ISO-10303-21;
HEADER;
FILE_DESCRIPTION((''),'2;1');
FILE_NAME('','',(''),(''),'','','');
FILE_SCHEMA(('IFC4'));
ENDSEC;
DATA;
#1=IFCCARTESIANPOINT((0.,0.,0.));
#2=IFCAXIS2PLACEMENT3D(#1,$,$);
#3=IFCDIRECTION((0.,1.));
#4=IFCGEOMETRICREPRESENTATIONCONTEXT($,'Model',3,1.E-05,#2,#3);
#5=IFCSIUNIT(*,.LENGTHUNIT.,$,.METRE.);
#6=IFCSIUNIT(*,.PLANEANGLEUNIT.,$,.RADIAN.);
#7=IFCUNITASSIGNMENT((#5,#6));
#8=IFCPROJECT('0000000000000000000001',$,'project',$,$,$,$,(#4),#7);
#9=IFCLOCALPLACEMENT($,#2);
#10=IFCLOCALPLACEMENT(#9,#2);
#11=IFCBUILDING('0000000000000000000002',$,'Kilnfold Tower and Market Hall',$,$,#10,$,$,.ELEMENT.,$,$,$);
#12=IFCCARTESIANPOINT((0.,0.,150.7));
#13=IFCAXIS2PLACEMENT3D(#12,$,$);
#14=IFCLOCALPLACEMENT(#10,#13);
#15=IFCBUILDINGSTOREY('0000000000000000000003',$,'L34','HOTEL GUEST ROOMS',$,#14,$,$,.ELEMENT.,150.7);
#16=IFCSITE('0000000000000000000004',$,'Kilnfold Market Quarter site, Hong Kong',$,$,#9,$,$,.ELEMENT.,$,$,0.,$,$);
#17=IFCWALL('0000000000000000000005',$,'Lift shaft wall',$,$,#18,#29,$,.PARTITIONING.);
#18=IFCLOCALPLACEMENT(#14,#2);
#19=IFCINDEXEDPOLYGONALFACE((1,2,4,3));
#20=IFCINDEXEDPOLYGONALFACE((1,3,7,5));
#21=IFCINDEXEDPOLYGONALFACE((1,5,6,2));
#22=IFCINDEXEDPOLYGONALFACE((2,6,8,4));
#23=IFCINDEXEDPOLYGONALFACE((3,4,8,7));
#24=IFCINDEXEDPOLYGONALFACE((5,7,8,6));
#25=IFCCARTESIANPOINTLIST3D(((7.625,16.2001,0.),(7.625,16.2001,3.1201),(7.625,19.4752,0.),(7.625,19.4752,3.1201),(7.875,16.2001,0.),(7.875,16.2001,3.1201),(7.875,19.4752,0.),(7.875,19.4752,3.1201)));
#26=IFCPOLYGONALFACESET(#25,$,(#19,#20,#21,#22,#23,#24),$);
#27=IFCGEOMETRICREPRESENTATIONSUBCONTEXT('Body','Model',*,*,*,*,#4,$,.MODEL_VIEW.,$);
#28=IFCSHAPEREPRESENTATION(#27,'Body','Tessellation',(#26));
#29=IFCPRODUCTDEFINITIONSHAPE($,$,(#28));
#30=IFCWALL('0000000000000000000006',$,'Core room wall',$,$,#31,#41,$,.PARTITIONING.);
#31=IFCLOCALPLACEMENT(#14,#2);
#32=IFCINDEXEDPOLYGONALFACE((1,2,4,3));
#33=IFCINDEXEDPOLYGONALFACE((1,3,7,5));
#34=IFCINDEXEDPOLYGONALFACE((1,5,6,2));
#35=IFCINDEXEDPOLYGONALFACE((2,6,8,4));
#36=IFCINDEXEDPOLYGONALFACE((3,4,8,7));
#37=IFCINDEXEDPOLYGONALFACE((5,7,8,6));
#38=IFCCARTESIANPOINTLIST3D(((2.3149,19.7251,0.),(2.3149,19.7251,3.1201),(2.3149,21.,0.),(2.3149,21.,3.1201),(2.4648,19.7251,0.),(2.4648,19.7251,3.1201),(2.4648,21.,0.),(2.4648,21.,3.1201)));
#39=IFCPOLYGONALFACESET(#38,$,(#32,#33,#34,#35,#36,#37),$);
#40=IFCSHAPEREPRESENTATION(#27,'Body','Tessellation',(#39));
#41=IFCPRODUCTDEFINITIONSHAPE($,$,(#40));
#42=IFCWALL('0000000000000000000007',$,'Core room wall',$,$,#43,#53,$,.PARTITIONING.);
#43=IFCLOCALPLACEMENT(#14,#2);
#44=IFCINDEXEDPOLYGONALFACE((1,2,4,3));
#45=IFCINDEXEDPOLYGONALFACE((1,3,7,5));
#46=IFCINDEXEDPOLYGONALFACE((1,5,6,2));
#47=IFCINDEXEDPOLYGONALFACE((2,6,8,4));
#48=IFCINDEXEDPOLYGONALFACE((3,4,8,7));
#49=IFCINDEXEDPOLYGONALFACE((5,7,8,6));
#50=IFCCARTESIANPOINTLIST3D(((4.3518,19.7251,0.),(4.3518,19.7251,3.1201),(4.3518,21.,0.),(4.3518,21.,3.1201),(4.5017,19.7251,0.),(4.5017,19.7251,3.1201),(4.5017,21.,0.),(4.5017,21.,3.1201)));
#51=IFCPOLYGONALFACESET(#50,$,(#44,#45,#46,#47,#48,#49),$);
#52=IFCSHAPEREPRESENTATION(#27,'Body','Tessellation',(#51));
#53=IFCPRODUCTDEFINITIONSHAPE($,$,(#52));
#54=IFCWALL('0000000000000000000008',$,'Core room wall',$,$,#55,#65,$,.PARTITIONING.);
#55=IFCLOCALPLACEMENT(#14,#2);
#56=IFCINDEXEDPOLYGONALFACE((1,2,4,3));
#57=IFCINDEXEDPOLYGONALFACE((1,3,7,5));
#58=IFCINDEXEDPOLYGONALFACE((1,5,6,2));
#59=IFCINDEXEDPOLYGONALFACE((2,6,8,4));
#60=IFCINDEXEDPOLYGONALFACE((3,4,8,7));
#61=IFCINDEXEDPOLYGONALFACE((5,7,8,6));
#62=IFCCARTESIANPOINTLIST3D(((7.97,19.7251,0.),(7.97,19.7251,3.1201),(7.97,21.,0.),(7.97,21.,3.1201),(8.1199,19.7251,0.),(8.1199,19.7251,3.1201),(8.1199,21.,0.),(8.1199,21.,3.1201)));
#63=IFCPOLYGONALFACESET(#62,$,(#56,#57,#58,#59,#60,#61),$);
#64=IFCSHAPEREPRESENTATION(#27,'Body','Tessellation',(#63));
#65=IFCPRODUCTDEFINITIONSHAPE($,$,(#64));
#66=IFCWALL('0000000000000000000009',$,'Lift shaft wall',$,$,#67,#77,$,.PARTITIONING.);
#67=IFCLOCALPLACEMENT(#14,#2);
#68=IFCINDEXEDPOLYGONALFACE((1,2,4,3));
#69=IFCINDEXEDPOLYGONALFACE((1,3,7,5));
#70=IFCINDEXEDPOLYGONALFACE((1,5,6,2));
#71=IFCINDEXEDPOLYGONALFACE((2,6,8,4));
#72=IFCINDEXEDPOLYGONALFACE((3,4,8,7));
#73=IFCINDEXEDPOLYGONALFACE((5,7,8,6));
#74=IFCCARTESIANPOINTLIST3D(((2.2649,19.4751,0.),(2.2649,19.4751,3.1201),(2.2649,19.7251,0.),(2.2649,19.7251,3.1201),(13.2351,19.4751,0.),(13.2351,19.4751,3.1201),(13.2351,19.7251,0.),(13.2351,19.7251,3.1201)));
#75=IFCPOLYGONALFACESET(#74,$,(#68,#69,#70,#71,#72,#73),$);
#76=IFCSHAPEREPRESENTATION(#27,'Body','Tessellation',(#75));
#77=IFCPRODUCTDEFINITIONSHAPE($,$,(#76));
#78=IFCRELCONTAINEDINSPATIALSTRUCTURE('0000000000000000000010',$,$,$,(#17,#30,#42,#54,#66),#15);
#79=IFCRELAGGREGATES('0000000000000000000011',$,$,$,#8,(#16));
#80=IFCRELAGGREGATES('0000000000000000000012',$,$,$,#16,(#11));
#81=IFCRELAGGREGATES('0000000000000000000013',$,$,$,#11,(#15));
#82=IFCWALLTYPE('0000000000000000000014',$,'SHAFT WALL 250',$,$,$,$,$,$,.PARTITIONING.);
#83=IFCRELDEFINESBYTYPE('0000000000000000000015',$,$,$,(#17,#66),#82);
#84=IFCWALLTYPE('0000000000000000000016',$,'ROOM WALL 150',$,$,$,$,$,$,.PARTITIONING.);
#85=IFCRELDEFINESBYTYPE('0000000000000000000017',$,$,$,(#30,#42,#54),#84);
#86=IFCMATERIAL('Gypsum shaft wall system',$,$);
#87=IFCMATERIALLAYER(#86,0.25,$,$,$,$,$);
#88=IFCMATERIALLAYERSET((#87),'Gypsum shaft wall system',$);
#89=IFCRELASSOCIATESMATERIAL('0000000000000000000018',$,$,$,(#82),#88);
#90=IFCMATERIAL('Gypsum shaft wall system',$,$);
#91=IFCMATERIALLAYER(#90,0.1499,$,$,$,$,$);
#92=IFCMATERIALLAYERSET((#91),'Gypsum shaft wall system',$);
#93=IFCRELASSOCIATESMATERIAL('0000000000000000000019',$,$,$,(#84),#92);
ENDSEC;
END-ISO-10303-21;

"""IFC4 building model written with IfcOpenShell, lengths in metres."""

from ifc_helpers import new_model, si_unit, direction, frame, frame_2d, origin, place, context, subcontext, project, spatial, rectangle, extrude, source, transform, mapped, material, layer, layer_set, type_object, element, save


model = new_model("IFC4")

# Units and contexts
model_context = context("Model", 3, precision=1e-05, world=origin(), true_north=direction((0.0, 1.0)))
body_context = subcontext(model_context, "Body", "Model", "MODEL_VIEW")
ifc_project = project(units=[si_unit("LENGTHUNIT", "METRE"), si_unit("PLANEANGLEUNIT", "RADIAN")], contexts=[model_context])

# Site, building, storey
site_placement = place(None, origin())
site = spatial("IfcSite", under=ifc_project, at=site_placement, Name="Kilnfold Market Quarter site, Hong Kong", CompositionType="ELEMENT", RefElevation=0.0)
building_placement = place(site_placement, origin())
building = spatial("IfcBuilding", under=site, at=building_placement, Name="Kilnfold Tower and Market Hall", CompositionType="ELEMENT")
storey_placement = place(building_placement, frame((0.0, 0.0, 150.7)))
storey = spatial("IfcBuildingStorey", under=building, at=storey_placement, Name="L34", Description="HOTEL GUEST ROOMS", CompositionType="ELEMENT", Elevation=150.7)

# Walls
ifc_material_1 = material(Name="Gypsum shaft wall system")
ifc_layer_1 = layer(ifc_material_1, 0.25)
ifc_layer_set_1 = layer_set([ifc_layer_1], Name="Gypsum shaft wall system")
wall_type_1 = type_object("IfcWallType", Name="SHAFT WALL 250", PredefinedType="PARTITIONING", material=ifc_layer_set_1)
shared_shape_1 = source(origin(), body_context, "Body", "SweptSolid", [
    extrude(rectangle(XDim=3.2751, YDim=0.25, at=frame_2d((1.6377, 0.0))), origin(), (0.0, 0.0, 1.0), 3.1201),
])
for number, where, z_axis, x_axis, name in (
    (1, (7.75, 16.2, 0.0), (0.0, 0.0, 1.0), (0.0, 1.0, 0.0), "Lift shaft wall"),
):
    element("IfcWall", number, at=place(storey_placement, frame(where, z_axis=z_axis, x_axis=x_axis)), inside=storey, type_object=wall_type_1, Name=name, PredefinedType="PARTITIONING", context=body_context, shape_type="MappedRepresentation", body=[
        mapped(shared_shape_1, transform((0.0, 0.0, 0.0))),
    ])
ifc_material_2 = material(Name="Gypsum shaft wall system")
ifc_layer_2 = layer(ifc_material_2, 0.1499)
ifc_layer_set_2 = layer_set([ifc_layer_2], Name="Gypsum shaft wall system")
wall_type_2 = type_object("IfcWallType", Name="ROOM WALL 150", PredefinedType="PARTITIONING", material=ifc_layer_set_2)
shared_shape_2 = source(origin(), body_context, "Body", "SweptSolid", [
    extrude(rectangle(XDim=1.2749, YDim=0.1499, at=frame_2d((0.6375, 0.0))), origin(), (0.0, 0.0, 1.0), 3.1201),
])
for number, where, z_axis, x_axis, name in (
    (2, (2.3899, 19.7251, 0.0), (0.0, 0.0, 1.0), (0.0, 1.0, 0.0), "Core room wall"),
    (3, (4.4268, 19.7251, 0.0), (0.0, 0.0, 1.0), (0.0, 1.0, 0.0), "Core room wall"),
    (4, (8.0449, 19.7251, 0.0), (0.0, 0.0, 1.0), (0.0, 1.0, 0.0), "Core room wall"),
):
    element("IfcWall", number, at=place(storey_placement, frame(where, z_axis=z_axis, x_axis=x_axis)), inside=storey, type_object=wall_type_2, Name=name, PredefinedType="PARTITIONING", context=body_context, shape_type="MappedRepresentation", body=[
        mapped(shared_shape_2, transform((0.0, 0.0, 0.0))),
    ])
shared_shape_3 = source(origin(), body_context, "Body", "SweptSolid", [
    extrude(rectangle(XDim=10.9702, YDim=0.25, at=frame_2d((5.4851, 0.0))), origin(), (0.0, 0.0, 1.0), 3.1201),
])
wall_1_placement = place(storey_placement, frame((2.2649, 19.6001, 0.0), z_axis=(0.0, 0.0, 1.0), x_axis=(1.0, 0.0, 0.0)))
element("IfcWall", 5, at=wall_1_placement, inside=storey, type_object=wall_type_1, Name="Lift shaft wall", PredefinedType="PARTITIONING", context=body_context, shape_type="MappedRepresentation", body=[
    mapped(shared_shape_3, transform((0.0, 0.0, 0.0))),
])

save(model, "model.ifc")
